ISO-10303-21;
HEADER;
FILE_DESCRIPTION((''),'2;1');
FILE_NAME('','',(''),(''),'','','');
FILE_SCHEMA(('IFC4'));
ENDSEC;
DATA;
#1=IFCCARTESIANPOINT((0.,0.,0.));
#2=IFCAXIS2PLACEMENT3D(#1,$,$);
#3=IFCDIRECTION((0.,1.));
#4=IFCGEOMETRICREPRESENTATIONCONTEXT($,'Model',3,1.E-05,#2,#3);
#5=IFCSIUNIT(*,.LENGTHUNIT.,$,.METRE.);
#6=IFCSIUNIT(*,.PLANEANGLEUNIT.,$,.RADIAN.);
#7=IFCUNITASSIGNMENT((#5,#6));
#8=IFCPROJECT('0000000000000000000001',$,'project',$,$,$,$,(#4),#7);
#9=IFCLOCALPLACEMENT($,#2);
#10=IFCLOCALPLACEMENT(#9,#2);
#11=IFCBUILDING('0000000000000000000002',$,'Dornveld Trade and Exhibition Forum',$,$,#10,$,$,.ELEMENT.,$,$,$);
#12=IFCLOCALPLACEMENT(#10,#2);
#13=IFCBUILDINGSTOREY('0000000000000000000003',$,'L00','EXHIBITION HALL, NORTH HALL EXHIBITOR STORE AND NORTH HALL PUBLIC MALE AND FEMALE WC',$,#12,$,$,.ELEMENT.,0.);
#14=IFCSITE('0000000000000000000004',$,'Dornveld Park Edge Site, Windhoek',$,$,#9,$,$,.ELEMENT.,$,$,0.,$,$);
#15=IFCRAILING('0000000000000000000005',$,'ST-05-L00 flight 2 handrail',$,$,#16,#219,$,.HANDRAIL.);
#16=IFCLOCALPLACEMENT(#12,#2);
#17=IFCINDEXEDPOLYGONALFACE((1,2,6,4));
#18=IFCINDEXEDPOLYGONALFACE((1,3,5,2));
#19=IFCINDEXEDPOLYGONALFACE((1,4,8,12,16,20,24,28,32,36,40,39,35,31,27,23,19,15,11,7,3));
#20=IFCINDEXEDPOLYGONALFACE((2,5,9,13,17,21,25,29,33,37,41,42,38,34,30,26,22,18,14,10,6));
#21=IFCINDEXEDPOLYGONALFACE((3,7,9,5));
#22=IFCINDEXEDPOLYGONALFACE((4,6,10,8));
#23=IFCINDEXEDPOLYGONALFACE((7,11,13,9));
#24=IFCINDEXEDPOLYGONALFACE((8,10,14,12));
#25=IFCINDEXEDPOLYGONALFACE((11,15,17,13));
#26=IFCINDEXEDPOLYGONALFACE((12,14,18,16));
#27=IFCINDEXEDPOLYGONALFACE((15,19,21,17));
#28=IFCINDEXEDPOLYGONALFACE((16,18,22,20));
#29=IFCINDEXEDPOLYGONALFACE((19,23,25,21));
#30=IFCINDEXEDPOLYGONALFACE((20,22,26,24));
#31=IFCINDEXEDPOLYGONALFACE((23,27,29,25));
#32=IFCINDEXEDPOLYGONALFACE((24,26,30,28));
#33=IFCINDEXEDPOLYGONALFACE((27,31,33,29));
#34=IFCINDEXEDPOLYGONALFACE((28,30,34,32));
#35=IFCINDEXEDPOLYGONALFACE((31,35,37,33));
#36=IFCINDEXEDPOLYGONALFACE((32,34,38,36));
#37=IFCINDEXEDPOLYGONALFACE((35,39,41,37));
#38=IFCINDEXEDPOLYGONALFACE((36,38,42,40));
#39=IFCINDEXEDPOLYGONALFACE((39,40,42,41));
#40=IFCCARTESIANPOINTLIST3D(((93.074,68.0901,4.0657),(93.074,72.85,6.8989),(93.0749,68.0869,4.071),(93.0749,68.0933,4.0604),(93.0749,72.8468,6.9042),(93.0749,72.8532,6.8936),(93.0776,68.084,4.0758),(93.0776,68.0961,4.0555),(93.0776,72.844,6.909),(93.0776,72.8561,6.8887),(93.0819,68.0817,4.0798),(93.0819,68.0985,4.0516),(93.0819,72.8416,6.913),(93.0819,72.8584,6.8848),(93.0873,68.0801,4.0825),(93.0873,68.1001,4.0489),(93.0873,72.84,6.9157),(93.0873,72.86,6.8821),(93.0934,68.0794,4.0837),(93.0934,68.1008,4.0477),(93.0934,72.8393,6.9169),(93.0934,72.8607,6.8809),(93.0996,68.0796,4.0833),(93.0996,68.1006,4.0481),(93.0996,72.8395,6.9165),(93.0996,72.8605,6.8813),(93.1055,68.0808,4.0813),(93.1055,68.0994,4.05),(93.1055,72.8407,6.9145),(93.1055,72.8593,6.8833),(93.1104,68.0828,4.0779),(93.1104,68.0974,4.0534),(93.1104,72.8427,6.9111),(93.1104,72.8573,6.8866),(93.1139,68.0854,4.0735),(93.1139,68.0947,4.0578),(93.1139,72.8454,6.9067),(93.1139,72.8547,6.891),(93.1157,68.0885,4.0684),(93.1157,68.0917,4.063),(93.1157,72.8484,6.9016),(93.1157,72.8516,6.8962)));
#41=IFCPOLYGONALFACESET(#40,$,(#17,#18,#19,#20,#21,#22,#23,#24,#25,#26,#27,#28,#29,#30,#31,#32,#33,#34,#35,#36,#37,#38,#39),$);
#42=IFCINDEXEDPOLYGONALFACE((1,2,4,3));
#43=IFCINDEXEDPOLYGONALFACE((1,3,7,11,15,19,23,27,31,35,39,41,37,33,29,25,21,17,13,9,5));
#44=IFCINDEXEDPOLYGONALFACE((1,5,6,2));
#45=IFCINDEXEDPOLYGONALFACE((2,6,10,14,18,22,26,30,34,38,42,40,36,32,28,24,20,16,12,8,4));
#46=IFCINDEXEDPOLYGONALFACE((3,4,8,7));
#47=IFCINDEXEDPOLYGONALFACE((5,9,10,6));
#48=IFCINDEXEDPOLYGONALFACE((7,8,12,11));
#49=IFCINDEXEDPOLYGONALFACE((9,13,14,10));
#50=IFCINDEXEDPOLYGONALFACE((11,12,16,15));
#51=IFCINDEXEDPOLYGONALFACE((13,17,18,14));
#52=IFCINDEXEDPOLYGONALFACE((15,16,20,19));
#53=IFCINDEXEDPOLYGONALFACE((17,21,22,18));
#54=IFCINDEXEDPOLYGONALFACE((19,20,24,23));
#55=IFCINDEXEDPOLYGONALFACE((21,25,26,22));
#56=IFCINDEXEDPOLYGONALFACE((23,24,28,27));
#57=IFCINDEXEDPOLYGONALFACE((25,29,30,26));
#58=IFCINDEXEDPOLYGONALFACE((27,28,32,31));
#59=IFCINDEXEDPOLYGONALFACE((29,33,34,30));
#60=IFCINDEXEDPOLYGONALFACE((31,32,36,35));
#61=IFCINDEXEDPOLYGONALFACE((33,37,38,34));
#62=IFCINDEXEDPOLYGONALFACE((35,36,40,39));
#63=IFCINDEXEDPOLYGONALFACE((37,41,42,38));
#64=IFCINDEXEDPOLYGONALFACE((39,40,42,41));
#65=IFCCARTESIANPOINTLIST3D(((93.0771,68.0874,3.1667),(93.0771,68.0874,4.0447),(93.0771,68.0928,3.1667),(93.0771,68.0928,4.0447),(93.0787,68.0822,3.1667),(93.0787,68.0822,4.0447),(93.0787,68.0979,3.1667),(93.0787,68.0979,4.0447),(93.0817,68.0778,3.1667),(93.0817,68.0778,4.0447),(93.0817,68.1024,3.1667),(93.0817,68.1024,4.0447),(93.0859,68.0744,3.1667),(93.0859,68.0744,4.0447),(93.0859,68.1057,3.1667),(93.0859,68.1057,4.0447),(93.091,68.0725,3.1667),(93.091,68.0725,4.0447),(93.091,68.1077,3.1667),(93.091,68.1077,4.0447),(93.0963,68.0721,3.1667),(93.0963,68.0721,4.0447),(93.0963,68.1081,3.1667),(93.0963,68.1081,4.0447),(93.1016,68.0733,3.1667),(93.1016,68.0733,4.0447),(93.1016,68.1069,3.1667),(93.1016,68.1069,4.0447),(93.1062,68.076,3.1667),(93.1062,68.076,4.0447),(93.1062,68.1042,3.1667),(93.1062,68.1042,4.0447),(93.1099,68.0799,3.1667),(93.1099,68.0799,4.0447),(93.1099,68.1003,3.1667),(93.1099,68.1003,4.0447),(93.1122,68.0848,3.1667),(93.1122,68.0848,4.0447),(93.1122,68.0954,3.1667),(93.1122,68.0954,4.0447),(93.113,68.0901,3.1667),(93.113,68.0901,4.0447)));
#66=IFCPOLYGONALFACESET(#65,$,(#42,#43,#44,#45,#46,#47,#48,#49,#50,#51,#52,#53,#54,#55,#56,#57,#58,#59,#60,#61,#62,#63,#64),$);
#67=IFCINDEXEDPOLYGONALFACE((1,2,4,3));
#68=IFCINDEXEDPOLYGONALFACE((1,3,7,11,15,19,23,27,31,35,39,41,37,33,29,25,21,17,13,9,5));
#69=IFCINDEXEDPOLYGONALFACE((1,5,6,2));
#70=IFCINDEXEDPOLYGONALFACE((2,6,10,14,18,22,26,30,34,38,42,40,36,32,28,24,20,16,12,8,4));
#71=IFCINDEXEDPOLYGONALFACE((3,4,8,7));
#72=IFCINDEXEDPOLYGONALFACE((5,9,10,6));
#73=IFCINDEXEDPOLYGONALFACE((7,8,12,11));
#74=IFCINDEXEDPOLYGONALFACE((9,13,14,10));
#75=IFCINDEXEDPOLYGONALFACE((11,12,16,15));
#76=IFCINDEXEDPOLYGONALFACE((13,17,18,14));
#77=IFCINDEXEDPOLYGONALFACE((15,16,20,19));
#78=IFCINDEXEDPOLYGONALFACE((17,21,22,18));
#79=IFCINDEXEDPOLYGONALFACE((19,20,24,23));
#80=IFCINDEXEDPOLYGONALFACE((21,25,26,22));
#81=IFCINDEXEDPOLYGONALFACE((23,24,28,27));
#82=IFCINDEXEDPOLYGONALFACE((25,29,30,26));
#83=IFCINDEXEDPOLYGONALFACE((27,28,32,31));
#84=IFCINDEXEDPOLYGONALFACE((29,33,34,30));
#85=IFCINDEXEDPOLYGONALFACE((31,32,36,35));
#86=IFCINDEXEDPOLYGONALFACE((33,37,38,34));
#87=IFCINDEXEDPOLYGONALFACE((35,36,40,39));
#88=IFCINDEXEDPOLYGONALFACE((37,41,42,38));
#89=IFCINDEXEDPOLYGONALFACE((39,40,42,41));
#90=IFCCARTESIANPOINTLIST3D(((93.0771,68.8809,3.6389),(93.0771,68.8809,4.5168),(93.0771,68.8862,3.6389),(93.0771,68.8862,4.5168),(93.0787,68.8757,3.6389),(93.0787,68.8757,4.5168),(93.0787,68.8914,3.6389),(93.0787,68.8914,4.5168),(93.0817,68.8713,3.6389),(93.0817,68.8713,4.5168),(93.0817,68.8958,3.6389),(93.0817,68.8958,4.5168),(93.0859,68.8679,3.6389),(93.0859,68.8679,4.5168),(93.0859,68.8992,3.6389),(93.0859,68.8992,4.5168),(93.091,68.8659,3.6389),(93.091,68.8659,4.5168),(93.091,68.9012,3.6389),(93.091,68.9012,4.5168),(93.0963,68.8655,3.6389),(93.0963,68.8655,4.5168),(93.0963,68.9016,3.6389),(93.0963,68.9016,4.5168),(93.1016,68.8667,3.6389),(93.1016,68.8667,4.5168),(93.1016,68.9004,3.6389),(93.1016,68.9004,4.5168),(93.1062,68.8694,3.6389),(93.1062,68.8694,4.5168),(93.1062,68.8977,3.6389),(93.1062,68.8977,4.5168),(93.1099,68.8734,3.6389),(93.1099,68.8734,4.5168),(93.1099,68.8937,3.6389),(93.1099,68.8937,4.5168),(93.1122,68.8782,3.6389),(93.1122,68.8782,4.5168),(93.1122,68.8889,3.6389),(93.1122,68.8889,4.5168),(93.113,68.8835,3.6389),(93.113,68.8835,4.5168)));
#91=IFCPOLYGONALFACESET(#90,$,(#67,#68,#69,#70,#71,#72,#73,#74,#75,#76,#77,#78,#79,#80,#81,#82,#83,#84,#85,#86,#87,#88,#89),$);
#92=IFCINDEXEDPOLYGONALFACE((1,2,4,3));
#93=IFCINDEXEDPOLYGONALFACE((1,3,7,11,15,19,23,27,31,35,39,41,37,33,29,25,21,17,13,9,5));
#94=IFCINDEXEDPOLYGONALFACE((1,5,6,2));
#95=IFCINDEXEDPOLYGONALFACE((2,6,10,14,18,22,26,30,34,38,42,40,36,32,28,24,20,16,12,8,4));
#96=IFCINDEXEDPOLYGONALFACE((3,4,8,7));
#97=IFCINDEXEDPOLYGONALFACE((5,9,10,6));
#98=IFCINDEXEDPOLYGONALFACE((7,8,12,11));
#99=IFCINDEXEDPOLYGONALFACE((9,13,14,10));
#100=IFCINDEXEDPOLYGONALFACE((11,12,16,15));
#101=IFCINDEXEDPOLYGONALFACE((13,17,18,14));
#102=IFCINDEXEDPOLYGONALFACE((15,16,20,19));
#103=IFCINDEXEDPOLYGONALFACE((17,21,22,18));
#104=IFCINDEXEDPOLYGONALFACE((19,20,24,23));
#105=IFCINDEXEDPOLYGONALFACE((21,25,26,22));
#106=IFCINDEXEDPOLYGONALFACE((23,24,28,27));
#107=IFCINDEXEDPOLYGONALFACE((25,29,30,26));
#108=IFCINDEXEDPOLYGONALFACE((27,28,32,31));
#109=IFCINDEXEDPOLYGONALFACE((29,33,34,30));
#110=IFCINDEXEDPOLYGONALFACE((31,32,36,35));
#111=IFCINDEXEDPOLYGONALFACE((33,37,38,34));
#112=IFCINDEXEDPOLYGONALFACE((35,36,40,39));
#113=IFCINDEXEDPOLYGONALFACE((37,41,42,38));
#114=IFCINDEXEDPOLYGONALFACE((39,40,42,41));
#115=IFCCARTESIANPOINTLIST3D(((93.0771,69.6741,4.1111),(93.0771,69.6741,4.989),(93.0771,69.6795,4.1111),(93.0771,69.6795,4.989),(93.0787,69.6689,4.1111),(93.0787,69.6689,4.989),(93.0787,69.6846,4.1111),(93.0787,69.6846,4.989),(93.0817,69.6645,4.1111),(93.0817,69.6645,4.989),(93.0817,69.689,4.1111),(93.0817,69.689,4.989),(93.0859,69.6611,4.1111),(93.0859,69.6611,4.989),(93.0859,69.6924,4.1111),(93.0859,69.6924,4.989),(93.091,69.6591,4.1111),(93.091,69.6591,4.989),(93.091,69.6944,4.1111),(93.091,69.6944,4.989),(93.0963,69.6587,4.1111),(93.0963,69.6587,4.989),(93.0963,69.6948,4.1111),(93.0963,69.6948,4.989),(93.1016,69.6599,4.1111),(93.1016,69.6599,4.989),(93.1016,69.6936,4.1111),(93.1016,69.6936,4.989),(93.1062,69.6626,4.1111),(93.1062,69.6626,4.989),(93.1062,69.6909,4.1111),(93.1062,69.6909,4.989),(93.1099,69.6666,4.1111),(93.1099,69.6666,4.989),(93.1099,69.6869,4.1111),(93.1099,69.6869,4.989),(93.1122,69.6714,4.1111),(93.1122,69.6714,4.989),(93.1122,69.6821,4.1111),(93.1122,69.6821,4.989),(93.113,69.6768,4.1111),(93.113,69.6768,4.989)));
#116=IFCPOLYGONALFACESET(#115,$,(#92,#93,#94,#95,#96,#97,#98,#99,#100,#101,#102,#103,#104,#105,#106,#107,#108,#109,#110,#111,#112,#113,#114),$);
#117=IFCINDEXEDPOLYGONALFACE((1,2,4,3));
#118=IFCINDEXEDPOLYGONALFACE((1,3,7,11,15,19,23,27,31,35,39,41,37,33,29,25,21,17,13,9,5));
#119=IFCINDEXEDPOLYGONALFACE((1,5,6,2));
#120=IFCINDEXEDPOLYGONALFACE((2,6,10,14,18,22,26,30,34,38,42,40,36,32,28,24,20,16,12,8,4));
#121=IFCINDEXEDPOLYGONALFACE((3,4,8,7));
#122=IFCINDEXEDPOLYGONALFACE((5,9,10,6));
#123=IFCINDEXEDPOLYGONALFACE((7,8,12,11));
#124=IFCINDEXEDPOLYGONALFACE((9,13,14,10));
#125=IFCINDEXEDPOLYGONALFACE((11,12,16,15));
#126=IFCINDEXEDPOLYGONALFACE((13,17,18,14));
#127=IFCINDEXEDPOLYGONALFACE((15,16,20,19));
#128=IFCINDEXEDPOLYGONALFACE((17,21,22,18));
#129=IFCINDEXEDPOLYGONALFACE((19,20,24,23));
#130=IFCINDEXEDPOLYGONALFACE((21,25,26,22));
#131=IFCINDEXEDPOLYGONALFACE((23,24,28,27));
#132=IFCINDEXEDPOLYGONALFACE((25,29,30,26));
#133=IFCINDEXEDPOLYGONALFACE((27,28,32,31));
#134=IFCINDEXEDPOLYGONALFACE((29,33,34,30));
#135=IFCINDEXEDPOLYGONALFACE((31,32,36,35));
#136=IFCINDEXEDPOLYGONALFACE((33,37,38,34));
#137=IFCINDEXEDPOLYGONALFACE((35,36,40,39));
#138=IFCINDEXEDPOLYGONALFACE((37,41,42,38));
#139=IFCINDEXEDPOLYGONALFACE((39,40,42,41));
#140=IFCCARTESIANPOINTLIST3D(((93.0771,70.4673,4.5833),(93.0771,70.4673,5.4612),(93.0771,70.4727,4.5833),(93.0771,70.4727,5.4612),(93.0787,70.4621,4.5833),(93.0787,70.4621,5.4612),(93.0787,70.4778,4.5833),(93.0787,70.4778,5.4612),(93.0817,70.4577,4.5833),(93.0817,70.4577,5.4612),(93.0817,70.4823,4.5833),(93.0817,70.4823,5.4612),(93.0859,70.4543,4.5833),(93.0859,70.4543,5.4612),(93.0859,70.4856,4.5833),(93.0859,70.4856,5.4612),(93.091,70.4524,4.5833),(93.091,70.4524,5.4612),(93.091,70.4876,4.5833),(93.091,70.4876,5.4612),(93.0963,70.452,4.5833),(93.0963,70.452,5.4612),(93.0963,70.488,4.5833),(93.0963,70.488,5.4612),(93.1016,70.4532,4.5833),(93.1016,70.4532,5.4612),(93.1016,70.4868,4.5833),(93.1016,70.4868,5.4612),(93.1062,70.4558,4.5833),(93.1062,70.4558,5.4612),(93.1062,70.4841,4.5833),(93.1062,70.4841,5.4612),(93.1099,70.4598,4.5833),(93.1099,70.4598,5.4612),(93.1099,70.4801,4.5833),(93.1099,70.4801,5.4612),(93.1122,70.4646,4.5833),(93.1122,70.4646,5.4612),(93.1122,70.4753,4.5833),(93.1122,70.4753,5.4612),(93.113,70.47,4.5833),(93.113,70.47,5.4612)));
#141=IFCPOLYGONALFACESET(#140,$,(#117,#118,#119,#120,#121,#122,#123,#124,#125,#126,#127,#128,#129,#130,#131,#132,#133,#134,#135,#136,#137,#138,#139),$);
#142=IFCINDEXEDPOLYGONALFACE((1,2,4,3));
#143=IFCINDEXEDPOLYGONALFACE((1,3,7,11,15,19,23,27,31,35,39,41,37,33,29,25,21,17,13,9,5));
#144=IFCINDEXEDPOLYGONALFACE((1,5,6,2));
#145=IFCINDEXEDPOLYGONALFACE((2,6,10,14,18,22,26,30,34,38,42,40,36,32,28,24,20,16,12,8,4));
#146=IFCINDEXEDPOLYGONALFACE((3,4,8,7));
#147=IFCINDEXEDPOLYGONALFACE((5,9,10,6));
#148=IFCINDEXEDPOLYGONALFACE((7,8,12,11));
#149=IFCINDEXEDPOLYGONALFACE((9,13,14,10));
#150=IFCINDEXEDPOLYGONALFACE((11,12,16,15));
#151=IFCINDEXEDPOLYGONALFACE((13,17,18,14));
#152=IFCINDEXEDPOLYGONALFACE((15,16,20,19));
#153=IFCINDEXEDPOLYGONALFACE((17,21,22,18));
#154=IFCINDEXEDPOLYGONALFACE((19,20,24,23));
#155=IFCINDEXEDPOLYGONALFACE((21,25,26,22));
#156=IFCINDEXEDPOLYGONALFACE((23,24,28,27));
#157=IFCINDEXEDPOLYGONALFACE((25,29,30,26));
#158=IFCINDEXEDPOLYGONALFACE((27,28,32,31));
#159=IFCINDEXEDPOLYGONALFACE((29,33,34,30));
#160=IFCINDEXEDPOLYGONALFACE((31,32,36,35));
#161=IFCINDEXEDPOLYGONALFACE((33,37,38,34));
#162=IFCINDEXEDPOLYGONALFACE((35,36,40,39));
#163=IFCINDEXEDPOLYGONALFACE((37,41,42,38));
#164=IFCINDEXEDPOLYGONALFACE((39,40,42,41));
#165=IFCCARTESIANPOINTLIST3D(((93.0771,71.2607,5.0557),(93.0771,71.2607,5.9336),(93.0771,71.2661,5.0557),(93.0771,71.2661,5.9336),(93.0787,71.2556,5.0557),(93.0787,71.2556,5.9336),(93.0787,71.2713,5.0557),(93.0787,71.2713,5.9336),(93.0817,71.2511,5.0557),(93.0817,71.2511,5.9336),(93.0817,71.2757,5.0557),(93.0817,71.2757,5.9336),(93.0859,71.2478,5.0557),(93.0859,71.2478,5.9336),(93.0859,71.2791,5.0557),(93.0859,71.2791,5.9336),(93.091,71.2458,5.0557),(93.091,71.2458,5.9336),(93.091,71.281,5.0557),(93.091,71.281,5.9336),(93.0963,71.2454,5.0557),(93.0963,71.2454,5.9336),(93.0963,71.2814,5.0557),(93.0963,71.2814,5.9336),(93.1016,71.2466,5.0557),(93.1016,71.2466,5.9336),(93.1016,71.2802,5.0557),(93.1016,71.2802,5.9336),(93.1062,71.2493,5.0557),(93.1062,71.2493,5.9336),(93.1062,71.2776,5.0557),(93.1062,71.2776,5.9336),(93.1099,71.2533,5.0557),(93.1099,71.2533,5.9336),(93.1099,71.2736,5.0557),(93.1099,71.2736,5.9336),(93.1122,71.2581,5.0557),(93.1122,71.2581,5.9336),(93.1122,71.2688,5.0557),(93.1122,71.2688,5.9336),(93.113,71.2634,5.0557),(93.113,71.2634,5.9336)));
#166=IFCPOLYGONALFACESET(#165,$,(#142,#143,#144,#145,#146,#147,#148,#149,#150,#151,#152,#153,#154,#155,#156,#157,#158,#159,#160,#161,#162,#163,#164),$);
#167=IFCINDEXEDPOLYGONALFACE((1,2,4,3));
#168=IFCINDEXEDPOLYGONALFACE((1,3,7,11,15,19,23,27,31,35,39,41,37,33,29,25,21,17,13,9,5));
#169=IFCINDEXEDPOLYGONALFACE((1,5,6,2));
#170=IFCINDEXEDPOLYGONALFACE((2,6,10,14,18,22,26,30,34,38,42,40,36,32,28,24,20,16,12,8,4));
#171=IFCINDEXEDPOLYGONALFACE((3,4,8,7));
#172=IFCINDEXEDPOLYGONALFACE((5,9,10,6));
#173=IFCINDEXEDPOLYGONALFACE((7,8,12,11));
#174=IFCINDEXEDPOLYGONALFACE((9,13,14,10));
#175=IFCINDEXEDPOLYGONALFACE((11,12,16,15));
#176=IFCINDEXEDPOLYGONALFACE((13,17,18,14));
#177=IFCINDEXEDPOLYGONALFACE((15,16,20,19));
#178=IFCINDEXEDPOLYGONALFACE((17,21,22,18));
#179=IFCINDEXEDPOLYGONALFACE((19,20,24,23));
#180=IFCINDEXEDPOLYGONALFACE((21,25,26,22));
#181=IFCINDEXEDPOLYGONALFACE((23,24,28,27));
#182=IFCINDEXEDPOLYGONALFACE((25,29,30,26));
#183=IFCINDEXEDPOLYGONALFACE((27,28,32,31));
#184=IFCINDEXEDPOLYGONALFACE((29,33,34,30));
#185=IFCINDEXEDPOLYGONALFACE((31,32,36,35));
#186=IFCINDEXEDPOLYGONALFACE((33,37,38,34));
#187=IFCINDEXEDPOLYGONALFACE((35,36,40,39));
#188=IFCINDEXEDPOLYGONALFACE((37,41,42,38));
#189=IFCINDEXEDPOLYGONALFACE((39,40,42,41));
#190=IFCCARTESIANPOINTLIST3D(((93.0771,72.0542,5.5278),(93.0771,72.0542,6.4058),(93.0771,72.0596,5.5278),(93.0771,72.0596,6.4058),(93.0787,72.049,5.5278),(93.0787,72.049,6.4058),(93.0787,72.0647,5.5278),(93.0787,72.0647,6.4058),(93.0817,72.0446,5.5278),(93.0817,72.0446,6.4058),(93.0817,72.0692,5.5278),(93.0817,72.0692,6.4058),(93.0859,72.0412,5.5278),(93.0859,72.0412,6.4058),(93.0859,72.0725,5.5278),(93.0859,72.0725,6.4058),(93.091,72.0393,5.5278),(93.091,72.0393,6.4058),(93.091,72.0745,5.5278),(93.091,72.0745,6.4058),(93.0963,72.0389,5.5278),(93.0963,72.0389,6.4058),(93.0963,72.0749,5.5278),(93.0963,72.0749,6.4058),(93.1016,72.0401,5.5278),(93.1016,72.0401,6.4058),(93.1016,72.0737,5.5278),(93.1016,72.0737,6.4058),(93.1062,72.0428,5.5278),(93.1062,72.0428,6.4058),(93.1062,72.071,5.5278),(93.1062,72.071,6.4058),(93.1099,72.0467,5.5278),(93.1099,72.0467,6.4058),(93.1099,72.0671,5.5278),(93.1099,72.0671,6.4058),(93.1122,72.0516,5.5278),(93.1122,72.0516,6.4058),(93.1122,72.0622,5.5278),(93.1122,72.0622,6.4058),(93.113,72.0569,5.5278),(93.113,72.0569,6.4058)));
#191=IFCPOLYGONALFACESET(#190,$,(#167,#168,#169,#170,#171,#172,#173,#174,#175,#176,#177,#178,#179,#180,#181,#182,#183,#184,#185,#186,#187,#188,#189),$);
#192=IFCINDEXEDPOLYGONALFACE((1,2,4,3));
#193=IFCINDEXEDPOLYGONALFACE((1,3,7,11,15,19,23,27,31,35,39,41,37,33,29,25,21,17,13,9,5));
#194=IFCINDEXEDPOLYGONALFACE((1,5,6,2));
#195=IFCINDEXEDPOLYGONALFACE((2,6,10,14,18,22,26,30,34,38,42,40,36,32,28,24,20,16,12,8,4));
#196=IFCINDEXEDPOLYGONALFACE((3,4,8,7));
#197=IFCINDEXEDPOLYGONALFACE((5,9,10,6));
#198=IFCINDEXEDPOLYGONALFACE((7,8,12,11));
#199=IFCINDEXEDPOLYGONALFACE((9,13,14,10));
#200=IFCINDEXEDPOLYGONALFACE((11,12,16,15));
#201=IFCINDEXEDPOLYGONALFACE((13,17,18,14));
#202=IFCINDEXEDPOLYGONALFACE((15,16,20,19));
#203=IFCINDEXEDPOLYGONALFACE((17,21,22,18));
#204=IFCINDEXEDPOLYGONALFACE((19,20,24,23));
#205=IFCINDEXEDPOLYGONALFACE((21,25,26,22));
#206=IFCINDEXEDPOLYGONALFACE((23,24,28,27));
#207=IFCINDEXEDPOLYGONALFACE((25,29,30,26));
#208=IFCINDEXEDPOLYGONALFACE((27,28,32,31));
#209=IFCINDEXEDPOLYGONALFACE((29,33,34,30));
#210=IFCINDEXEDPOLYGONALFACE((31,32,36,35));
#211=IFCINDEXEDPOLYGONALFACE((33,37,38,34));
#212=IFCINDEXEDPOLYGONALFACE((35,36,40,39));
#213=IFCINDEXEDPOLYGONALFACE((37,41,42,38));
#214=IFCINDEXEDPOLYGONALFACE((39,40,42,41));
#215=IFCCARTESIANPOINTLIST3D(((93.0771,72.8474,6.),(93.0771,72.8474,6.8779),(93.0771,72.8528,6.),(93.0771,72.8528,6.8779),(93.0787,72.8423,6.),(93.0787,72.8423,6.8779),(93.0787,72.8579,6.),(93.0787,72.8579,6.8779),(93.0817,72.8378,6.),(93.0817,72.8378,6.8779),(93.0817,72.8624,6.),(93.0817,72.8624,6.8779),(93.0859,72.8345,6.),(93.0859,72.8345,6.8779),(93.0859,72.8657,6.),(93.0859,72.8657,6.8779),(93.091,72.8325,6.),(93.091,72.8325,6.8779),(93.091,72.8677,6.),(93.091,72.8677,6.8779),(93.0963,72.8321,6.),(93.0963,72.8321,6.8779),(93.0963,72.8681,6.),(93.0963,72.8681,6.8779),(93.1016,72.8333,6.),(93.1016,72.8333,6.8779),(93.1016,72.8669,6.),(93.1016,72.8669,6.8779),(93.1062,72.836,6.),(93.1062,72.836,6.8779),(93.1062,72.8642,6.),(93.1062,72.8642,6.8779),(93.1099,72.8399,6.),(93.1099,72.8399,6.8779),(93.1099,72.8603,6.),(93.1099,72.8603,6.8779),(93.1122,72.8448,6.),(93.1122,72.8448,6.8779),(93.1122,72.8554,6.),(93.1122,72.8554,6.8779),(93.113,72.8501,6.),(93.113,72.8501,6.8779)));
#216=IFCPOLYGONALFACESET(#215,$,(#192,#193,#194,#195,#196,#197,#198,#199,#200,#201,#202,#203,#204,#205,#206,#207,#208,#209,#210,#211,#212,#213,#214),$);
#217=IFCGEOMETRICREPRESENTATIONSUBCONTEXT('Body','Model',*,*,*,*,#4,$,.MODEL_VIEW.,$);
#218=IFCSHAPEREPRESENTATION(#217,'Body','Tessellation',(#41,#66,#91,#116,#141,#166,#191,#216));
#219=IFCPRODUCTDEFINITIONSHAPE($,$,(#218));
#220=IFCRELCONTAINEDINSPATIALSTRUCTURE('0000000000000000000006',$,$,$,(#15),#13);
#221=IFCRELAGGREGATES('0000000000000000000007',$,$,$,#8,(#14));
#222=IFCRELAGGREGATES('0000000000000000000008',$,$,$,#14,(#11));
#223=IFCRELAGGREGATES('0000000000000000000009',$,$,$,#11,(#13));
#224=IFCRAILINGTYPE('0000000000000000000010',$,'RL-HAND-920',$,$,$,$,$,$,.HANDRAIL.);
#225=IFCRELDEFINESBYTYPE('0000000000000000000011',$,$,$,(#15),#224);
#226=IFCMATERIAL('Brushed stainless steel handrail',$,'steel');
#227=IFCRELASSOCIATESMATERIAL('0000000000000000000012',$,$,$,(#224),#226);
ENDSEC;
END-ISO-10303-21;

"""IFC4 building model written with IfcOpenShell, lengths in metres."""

from ifc_helpers import new_model, si_unit, direction, frame, origin, origin_2d, place, context, subcontext, project, spatial, circle, extrude, material, type_object, element, save


model = new_model("IFC4")

# Units and contexts
model_context = context("Model", 3, precision=1e-05, world=origin(), true_north=direction((0.0, 1.0)))
body_context = subcontext(model_context, "Body", "Model", "MODEL_VIEW")
ifc_project = project(units=[si_unit("LENGTHUNIT", "METRE"), si_unit("PLANEANGLEUNIT", "RADIAN")], contexts=[model_context])

# Site, building, storey
site_placement = place(None, origin())
site = spatial("IfcSite", under=ifc_project, at=site_placement, Name="Dornveld Park Edge Site, Windhoek", CompositionType="ELEMENT", RefElevation=0.0)
building_placement = place(site_placement, origin())
building = spatial("IfcBuilding", under=site, at=building_placement, Name="Dornveld Trade and Exhibition Forum", CompositionType="ELEMENT")
storey_placement = place(building_placement, origin())
storey = spatial("IfcBuildingStorey", under=building, at=storey_placement, Name="L00", Description="EXHIBITION HALL, NORTH HALL EXHIBITOR STORE AND NORTH HALL PUBLIC MALE AND FEMALE WC", CompositionType="ELEMENT", Elevation=0.0)

# Railing
ifc_material_1 = material(Name="Brushed stainless steel handrail", Category="steel")
railing_type_1 = type_object("IfcRailingType", Name="RL-HAND-920", PredefinedType="HANDRAIL", material=ifc_material_1)
railing_1_placement = place(storey_placement, frame((93.095, 68.0901, 3.1667)))
element("IfcRailing", 1, at=railing_1_placement, inside=storey, type_object=railing_type_1, Name="ST-05-L00 flight 2 handrail", PredefinedType="HANDRAIL", context=body_context, shape_type="SweptSolid", body=[
    extrude(circle(Radius=0.021, at=origin_2d()), frame((0.0, 0.0, 0.8989), z_axis=(0.0, 0.8593, 0.511472), x_axis=(-1.0, 0.0, 0.0)), (0.0, 0.0, 1.0), 5.5393),
    extrude(circle(Radius=0.0181, at=origin_2d()), origin(), (0.0, 0.0, 1.0), 0.8779),
    extrude(circle(Radius=0.0181, at=origin_2d()), frame((0.0, 0.7935, 0.4722)), (0.0, 0.0, 1.0), 0.8779),
    extrude(circle(Radius=0.0181, at=origin_2d()), frame((0.0, 1.5867, 0.9443)), (0.0, 0.0, 1.0), 0.8779),
    extrude(circle(Radius=0.0181, at=origin_2d()), frame((0.0, 2.3799, 1.4165)), (0.0, 0.0, 1.0), 0.8779),
    extrude(circle(Radius=0.0181, at=origin_2d()), frame((0.0, 3.1733, 1.8889)), (0.0, 0.0, 1.0), 0.8779),
    extrude(circle(Radius=0.0181, at=origin_2d()), frame((0.0, 3.9668, 2.3611)), (0.0, 0.0, 1.0), 0.8779),
    extrude(circle(Radius=0.0181, at=origin_2d()), frame((0.0, 4.76, 2.8333)), (0.0, 0.0, 1.0), 0.8779),
])

save(model, "model.ifc")
